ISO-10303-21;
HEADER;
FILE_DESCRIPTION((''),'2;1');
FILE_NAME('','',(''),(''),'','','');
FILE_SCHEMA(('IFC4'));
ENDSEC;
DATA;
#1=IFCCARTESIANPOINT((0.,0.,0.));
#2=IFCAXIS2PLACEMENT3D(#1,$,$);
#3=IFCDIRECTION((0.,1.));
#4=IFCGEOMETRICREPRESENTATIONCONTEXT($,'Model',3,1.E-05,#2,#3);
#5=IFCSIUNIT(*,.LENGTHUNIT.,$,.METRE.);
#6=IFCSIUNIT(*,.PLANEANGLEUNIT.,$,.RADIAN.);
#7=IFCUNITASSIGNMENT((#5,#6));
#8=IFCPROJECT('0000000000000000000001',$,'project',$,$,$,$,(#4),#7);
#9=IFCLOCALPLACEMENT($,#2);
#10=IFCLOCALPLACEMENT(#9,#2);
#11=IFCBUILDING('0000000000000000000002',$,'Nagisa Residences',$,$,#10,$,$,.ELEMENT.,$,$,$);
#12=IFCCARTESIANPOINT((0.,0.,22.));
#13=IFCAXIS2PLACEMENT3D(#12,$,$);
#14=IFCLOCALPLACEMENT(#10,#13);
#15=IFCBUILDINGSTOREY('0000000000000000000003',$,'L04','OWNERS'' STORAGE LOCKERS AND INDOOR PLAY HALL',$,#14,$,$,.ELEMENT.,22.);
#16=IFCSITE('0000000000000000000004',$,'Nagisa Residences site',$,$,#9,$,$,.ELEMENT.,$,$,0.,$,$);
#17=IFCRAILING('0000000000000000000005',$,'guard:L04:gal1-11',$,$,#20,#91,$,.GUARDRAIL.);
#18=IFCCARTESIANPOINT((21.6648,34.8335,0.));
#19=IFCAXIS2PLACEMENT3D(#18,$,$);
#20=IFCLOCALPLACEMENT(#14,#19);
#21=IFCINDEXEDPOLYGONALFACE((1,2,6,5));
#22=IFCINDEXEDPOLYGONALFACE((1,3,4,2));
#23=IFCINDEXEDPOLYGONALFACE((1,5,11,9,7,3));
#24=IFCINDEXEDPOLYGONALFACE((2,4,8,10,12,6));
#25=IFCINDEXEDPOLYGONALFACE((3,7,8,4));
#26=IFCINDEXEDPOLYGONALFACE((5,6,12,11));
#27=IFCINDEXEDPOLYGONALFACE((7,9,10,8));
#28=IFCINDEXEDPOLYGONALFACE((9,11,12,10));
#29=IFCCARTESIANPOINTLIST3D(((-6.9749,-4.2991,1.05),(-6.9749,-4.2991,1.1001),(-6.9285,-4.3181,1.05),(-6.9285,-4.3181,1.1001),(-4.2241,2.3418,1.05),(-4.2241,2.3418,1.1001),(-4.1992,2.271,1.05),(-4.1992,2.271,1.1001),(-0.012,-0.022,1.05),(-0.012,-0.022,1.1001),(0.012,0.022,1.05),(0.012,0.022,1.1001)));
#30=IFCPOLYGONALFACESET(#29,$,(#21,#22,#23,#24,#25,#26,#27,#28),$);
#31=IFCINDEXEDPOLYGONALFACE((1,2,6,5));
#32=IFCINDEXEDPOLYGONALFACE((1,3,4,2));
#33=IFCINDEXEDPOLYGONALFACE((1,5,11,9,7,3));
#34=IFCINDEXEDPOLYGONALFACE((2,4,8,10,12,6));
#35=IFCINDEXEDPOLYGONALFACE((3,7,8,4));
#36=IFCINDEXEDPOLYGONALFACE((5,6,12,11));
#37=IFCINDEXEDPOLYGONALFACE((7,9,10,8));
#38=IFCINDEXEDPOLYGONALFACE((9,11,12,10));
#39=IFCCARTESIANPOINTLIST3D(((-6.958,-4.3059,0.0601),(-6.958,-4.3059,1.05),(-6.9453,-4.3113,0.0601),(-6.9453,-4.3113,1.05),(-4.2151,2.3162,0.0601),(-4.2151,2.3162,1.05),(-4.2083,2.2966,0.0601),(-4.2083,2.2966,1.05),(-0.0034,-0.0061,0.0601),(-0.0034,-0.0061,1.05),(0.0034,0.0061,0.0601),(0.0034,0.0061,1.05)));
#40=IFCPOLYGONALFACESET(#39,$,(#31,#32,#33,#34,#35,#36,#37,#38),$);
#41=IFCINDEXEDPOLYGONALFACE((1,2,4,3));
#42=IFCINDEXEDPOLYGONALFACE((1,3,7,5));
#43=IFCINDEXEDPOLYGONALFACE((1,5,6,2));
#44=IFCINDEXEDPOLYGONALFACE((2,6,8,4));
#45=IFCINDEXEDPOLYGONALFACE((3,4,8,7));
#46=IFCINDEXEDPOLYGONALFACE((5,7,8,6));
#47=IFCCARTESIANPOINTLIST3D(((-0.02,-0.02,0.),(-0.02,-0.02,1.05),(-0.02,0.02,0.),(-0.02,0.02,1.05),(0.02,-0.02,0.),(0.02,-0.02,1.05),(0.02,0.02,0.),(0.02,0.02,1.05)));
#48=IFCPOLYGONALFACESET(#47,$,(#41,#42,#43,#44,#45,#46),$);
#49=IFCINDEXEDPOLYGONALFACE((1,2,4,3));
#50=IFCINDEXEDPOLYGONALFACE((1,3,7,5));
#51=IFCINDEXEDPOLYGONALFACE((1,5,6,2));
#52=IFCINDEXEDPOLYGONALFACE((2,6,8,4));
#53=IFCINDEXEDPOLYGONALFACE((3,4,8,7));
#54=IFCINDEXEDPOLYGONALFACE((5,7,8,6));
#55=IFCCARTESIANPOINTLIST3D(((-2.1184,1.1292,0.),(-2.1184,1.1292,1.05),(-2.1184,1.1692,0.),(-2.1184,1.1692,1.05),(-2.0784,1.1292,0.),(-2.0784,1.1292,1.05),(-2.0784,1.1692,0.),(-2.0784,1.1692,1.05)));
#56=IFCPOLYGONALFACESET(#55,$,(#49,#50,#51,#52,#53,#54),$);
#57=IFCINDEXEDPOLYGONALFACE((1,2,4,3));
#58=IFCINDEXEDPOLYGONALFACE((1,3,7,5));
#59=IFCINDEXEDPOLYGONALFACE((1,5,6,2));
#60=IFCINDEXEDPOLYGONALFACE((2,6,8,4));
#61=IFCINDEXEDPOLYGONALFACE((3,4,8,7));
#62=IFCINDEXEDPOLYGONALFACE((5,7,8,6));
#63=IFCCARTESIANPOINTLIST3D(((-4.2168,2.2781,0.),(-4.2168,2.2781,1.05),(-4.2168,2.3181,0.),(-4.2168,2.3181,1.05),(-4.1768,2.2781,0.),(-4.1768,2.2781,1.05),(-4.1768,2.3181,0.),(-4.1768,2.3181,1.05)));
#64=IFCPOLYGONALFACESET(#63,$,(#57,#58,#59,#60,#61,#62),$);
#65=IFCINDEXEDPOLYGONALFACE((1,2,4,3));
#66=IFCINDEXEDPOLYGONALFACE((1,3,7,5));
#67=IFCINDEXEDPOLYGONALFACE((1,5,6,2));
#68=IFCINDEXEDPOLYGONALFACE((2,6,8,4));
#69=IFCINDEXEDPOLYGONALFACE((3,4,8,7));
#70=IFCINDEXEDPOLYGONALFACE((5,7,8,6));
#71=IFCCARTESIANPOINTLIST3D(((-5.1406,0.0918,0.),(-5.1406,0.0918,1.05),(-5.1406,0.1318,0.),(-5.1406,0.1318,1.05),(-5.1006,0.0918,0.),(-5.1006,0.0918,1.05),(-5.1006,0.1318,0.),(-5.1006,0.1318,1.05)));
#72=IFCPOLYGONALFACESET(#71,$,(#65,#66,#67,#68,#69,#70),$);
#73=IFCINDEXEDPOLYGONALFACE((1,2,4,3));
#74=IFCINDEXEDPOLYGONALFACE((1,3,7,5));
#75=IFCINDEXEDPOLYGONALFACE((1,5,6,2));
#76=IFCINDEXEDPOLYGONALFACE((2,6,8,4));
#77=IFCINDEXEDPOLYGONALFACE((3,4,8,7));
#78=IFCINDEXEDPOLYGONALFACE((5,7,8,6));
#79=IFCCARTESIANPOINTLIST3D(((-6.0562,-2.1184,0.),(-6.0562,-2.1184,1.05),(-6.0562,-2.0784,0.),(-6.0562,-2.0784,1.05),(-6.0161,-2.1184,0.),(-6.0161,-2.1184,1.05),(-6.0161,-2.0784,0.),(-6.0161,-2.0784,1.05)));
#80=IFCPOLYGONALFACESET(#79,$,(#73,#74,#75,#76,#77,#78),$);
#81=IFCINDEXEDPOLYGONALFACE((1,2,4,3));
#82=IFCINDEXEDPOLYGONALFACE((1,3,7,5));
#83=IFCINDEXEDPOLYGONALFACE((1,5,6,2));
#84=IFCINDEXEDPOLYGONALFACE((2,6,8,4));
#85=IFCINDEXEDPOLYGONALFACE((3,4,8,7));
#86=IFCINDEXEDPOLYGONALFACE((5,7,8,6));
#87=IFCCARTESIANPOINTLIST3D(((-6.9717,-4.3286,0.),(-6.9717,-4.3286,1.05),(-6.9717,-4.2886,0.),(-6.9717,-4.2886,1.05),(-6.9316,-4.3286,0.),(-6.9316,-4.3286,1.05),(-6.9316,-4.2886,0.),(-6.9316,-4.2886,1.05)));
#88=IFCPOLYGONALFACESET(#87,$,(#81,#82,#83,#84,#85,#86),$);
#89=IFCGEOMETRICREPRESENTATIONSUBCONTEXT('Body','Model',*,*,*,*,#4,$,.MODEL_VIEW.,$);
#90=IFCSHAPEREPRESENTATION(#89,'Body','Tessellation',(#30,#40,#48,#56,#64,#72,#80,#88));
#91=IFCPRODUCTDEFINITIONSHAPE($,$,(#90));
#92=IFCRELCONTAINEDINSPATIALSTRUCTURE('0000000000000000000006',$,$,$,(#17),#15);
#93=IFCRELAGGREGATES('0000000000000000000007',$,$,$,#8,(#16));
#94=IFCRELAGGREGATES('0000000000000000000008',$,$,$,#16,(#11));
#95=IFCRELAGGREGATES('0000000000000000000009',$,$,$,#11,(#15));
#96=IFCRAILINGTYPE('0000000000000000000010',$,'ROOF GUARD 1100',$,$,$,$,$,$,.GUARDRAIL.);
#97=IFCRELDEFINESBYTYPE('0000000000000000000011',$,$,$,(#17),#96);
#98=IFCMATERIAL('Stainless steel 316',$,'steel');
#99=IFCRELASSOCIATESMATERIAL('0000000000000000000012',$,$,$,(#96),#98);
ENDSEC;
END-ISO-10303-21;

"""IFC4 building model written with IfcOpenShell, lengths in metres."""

from ifc_helpers import new_model, si_unit, direction, frame, origin, origin_2d, place, context, subcontext, project, spatial, polyline, rectangle, outline, extrude, material, type_object, element, save


model = new_model("IFC4")

# Units and contexts
model_context = context("Model", 3, precision=1e-05, world=origin(), true_north=direction((0.0, 1.0)))
body_context = subcontext(model_context, "Body", "Model", "MODEL_VIEW")
ifc_project = project(units=[si_unit("LENGTHUNIT", "METRE"), si_unit("PLANEANGLEUNIT", "RADIAN")], contexts=[model_context])

# Site, building, storey
site_placement = place(None, origin())
site = spatial("IfcSite", under=ifc_project, at=site_placement, Name="Nagisa Residences site", CompositionType="ELEMENT", RefElevation=0.0)
building_placement = place(site_placement, origin())
building = spatial("IfcBuilding", under=site, at=building_placement, Name="Nagisa Residences", CompositionType="ELEMENT")
storey_placement = place(building_placement, frame((0.0, 0.0, 22.0)))
storey = spatial("IfcBuildingStorey", under=building, at=storey_placement, Name="L04", Description="OWNERS' STORAGE LOCKERS AND INDOOR PLAY HALL", CompositionType="ELEMENT", Elevation=22.0)

# Railing
ifc_material_1 = material(Name="Stainless steel 316", Category="steel")
railing_type = type_object("IfcRailingType", Name="ROOF GUARD 1100", PredefinedType="GUARDRAIL", material=ifc_material_1)
railing_placement = place(storey_placement, frame((21.6648, 34.8335, 0.0)))
element("IfcRailing", 1, at=railing_placement, inside=storey, type_object=railing_type, Name="guard:L04:gal1-11", PredefinedType="GUARDRAIL", context=body_context, shape_type="SweptSolid", body=[
    extrude(outline(polyline([(-4.1992, 2.271), (-0.012, -0.022), (0.012, 0.022), (-4.2241, 2.3418), (-6.9749, -4.2991), (-6.9285, -4.3181), (-4.1992, 2.271)])), frame((0.0, 0.0, 1.05)), (0.0, 0.0, 1.0), 0.05),
    extrude(outline(polyline([(-4.2083, 2.2966), (-0.0034, -0.0061), (0.0034, 0.0061), (-4.2151, 2.3162), (-6.958, -4.3059), (-6.9453, -4.3113), (-4.2083, 2.2966)])), frame((0.0, 0.0, 0.0601)), (0.0, 0.0, 1.0), 0.99),
    extrude(rectangle(XDim=0.04, YDim=0.04, at=origin_2d()), origin(), (0.0, 0.0, 1.0), 1.05),
    extrude(rectangle(XDim=0.04, YDim=0.04, at=origin_2d()), frame((-2.0984, 1.1492, 0.0)), (0.0, 0.0, 1.0), 1.05),
    extrude(rectangle(XDim=0.04, YDim=0.04, at=origin_2d()), frame((-4.1968, 2.2981, 0.0)), (0.0, 0.0, 1.0), 1.05),
    extrude(rectangle(XDim=0.04, YDim=0.04, at=origin_2d()), frame((-5.1206, 0.1118, 0.0)), (0.0, 0.0, 1.0), 1.05),
    extrude(rectangle(XDim=0.04, YDim=0.04, at=origin_2d()), frame((-6.0361, -2.0984, 0.0)), (0.0, 0.0, 1.0), 1.05),
    extrude(rectangle(XDim=0.04, YDim=0.04, at=origin_2d()), frame((-6.9517, -4.3086, 0.0)), (0.0, 0.0, 1.0), 1.05),
])

save(model, "model.ifc")
